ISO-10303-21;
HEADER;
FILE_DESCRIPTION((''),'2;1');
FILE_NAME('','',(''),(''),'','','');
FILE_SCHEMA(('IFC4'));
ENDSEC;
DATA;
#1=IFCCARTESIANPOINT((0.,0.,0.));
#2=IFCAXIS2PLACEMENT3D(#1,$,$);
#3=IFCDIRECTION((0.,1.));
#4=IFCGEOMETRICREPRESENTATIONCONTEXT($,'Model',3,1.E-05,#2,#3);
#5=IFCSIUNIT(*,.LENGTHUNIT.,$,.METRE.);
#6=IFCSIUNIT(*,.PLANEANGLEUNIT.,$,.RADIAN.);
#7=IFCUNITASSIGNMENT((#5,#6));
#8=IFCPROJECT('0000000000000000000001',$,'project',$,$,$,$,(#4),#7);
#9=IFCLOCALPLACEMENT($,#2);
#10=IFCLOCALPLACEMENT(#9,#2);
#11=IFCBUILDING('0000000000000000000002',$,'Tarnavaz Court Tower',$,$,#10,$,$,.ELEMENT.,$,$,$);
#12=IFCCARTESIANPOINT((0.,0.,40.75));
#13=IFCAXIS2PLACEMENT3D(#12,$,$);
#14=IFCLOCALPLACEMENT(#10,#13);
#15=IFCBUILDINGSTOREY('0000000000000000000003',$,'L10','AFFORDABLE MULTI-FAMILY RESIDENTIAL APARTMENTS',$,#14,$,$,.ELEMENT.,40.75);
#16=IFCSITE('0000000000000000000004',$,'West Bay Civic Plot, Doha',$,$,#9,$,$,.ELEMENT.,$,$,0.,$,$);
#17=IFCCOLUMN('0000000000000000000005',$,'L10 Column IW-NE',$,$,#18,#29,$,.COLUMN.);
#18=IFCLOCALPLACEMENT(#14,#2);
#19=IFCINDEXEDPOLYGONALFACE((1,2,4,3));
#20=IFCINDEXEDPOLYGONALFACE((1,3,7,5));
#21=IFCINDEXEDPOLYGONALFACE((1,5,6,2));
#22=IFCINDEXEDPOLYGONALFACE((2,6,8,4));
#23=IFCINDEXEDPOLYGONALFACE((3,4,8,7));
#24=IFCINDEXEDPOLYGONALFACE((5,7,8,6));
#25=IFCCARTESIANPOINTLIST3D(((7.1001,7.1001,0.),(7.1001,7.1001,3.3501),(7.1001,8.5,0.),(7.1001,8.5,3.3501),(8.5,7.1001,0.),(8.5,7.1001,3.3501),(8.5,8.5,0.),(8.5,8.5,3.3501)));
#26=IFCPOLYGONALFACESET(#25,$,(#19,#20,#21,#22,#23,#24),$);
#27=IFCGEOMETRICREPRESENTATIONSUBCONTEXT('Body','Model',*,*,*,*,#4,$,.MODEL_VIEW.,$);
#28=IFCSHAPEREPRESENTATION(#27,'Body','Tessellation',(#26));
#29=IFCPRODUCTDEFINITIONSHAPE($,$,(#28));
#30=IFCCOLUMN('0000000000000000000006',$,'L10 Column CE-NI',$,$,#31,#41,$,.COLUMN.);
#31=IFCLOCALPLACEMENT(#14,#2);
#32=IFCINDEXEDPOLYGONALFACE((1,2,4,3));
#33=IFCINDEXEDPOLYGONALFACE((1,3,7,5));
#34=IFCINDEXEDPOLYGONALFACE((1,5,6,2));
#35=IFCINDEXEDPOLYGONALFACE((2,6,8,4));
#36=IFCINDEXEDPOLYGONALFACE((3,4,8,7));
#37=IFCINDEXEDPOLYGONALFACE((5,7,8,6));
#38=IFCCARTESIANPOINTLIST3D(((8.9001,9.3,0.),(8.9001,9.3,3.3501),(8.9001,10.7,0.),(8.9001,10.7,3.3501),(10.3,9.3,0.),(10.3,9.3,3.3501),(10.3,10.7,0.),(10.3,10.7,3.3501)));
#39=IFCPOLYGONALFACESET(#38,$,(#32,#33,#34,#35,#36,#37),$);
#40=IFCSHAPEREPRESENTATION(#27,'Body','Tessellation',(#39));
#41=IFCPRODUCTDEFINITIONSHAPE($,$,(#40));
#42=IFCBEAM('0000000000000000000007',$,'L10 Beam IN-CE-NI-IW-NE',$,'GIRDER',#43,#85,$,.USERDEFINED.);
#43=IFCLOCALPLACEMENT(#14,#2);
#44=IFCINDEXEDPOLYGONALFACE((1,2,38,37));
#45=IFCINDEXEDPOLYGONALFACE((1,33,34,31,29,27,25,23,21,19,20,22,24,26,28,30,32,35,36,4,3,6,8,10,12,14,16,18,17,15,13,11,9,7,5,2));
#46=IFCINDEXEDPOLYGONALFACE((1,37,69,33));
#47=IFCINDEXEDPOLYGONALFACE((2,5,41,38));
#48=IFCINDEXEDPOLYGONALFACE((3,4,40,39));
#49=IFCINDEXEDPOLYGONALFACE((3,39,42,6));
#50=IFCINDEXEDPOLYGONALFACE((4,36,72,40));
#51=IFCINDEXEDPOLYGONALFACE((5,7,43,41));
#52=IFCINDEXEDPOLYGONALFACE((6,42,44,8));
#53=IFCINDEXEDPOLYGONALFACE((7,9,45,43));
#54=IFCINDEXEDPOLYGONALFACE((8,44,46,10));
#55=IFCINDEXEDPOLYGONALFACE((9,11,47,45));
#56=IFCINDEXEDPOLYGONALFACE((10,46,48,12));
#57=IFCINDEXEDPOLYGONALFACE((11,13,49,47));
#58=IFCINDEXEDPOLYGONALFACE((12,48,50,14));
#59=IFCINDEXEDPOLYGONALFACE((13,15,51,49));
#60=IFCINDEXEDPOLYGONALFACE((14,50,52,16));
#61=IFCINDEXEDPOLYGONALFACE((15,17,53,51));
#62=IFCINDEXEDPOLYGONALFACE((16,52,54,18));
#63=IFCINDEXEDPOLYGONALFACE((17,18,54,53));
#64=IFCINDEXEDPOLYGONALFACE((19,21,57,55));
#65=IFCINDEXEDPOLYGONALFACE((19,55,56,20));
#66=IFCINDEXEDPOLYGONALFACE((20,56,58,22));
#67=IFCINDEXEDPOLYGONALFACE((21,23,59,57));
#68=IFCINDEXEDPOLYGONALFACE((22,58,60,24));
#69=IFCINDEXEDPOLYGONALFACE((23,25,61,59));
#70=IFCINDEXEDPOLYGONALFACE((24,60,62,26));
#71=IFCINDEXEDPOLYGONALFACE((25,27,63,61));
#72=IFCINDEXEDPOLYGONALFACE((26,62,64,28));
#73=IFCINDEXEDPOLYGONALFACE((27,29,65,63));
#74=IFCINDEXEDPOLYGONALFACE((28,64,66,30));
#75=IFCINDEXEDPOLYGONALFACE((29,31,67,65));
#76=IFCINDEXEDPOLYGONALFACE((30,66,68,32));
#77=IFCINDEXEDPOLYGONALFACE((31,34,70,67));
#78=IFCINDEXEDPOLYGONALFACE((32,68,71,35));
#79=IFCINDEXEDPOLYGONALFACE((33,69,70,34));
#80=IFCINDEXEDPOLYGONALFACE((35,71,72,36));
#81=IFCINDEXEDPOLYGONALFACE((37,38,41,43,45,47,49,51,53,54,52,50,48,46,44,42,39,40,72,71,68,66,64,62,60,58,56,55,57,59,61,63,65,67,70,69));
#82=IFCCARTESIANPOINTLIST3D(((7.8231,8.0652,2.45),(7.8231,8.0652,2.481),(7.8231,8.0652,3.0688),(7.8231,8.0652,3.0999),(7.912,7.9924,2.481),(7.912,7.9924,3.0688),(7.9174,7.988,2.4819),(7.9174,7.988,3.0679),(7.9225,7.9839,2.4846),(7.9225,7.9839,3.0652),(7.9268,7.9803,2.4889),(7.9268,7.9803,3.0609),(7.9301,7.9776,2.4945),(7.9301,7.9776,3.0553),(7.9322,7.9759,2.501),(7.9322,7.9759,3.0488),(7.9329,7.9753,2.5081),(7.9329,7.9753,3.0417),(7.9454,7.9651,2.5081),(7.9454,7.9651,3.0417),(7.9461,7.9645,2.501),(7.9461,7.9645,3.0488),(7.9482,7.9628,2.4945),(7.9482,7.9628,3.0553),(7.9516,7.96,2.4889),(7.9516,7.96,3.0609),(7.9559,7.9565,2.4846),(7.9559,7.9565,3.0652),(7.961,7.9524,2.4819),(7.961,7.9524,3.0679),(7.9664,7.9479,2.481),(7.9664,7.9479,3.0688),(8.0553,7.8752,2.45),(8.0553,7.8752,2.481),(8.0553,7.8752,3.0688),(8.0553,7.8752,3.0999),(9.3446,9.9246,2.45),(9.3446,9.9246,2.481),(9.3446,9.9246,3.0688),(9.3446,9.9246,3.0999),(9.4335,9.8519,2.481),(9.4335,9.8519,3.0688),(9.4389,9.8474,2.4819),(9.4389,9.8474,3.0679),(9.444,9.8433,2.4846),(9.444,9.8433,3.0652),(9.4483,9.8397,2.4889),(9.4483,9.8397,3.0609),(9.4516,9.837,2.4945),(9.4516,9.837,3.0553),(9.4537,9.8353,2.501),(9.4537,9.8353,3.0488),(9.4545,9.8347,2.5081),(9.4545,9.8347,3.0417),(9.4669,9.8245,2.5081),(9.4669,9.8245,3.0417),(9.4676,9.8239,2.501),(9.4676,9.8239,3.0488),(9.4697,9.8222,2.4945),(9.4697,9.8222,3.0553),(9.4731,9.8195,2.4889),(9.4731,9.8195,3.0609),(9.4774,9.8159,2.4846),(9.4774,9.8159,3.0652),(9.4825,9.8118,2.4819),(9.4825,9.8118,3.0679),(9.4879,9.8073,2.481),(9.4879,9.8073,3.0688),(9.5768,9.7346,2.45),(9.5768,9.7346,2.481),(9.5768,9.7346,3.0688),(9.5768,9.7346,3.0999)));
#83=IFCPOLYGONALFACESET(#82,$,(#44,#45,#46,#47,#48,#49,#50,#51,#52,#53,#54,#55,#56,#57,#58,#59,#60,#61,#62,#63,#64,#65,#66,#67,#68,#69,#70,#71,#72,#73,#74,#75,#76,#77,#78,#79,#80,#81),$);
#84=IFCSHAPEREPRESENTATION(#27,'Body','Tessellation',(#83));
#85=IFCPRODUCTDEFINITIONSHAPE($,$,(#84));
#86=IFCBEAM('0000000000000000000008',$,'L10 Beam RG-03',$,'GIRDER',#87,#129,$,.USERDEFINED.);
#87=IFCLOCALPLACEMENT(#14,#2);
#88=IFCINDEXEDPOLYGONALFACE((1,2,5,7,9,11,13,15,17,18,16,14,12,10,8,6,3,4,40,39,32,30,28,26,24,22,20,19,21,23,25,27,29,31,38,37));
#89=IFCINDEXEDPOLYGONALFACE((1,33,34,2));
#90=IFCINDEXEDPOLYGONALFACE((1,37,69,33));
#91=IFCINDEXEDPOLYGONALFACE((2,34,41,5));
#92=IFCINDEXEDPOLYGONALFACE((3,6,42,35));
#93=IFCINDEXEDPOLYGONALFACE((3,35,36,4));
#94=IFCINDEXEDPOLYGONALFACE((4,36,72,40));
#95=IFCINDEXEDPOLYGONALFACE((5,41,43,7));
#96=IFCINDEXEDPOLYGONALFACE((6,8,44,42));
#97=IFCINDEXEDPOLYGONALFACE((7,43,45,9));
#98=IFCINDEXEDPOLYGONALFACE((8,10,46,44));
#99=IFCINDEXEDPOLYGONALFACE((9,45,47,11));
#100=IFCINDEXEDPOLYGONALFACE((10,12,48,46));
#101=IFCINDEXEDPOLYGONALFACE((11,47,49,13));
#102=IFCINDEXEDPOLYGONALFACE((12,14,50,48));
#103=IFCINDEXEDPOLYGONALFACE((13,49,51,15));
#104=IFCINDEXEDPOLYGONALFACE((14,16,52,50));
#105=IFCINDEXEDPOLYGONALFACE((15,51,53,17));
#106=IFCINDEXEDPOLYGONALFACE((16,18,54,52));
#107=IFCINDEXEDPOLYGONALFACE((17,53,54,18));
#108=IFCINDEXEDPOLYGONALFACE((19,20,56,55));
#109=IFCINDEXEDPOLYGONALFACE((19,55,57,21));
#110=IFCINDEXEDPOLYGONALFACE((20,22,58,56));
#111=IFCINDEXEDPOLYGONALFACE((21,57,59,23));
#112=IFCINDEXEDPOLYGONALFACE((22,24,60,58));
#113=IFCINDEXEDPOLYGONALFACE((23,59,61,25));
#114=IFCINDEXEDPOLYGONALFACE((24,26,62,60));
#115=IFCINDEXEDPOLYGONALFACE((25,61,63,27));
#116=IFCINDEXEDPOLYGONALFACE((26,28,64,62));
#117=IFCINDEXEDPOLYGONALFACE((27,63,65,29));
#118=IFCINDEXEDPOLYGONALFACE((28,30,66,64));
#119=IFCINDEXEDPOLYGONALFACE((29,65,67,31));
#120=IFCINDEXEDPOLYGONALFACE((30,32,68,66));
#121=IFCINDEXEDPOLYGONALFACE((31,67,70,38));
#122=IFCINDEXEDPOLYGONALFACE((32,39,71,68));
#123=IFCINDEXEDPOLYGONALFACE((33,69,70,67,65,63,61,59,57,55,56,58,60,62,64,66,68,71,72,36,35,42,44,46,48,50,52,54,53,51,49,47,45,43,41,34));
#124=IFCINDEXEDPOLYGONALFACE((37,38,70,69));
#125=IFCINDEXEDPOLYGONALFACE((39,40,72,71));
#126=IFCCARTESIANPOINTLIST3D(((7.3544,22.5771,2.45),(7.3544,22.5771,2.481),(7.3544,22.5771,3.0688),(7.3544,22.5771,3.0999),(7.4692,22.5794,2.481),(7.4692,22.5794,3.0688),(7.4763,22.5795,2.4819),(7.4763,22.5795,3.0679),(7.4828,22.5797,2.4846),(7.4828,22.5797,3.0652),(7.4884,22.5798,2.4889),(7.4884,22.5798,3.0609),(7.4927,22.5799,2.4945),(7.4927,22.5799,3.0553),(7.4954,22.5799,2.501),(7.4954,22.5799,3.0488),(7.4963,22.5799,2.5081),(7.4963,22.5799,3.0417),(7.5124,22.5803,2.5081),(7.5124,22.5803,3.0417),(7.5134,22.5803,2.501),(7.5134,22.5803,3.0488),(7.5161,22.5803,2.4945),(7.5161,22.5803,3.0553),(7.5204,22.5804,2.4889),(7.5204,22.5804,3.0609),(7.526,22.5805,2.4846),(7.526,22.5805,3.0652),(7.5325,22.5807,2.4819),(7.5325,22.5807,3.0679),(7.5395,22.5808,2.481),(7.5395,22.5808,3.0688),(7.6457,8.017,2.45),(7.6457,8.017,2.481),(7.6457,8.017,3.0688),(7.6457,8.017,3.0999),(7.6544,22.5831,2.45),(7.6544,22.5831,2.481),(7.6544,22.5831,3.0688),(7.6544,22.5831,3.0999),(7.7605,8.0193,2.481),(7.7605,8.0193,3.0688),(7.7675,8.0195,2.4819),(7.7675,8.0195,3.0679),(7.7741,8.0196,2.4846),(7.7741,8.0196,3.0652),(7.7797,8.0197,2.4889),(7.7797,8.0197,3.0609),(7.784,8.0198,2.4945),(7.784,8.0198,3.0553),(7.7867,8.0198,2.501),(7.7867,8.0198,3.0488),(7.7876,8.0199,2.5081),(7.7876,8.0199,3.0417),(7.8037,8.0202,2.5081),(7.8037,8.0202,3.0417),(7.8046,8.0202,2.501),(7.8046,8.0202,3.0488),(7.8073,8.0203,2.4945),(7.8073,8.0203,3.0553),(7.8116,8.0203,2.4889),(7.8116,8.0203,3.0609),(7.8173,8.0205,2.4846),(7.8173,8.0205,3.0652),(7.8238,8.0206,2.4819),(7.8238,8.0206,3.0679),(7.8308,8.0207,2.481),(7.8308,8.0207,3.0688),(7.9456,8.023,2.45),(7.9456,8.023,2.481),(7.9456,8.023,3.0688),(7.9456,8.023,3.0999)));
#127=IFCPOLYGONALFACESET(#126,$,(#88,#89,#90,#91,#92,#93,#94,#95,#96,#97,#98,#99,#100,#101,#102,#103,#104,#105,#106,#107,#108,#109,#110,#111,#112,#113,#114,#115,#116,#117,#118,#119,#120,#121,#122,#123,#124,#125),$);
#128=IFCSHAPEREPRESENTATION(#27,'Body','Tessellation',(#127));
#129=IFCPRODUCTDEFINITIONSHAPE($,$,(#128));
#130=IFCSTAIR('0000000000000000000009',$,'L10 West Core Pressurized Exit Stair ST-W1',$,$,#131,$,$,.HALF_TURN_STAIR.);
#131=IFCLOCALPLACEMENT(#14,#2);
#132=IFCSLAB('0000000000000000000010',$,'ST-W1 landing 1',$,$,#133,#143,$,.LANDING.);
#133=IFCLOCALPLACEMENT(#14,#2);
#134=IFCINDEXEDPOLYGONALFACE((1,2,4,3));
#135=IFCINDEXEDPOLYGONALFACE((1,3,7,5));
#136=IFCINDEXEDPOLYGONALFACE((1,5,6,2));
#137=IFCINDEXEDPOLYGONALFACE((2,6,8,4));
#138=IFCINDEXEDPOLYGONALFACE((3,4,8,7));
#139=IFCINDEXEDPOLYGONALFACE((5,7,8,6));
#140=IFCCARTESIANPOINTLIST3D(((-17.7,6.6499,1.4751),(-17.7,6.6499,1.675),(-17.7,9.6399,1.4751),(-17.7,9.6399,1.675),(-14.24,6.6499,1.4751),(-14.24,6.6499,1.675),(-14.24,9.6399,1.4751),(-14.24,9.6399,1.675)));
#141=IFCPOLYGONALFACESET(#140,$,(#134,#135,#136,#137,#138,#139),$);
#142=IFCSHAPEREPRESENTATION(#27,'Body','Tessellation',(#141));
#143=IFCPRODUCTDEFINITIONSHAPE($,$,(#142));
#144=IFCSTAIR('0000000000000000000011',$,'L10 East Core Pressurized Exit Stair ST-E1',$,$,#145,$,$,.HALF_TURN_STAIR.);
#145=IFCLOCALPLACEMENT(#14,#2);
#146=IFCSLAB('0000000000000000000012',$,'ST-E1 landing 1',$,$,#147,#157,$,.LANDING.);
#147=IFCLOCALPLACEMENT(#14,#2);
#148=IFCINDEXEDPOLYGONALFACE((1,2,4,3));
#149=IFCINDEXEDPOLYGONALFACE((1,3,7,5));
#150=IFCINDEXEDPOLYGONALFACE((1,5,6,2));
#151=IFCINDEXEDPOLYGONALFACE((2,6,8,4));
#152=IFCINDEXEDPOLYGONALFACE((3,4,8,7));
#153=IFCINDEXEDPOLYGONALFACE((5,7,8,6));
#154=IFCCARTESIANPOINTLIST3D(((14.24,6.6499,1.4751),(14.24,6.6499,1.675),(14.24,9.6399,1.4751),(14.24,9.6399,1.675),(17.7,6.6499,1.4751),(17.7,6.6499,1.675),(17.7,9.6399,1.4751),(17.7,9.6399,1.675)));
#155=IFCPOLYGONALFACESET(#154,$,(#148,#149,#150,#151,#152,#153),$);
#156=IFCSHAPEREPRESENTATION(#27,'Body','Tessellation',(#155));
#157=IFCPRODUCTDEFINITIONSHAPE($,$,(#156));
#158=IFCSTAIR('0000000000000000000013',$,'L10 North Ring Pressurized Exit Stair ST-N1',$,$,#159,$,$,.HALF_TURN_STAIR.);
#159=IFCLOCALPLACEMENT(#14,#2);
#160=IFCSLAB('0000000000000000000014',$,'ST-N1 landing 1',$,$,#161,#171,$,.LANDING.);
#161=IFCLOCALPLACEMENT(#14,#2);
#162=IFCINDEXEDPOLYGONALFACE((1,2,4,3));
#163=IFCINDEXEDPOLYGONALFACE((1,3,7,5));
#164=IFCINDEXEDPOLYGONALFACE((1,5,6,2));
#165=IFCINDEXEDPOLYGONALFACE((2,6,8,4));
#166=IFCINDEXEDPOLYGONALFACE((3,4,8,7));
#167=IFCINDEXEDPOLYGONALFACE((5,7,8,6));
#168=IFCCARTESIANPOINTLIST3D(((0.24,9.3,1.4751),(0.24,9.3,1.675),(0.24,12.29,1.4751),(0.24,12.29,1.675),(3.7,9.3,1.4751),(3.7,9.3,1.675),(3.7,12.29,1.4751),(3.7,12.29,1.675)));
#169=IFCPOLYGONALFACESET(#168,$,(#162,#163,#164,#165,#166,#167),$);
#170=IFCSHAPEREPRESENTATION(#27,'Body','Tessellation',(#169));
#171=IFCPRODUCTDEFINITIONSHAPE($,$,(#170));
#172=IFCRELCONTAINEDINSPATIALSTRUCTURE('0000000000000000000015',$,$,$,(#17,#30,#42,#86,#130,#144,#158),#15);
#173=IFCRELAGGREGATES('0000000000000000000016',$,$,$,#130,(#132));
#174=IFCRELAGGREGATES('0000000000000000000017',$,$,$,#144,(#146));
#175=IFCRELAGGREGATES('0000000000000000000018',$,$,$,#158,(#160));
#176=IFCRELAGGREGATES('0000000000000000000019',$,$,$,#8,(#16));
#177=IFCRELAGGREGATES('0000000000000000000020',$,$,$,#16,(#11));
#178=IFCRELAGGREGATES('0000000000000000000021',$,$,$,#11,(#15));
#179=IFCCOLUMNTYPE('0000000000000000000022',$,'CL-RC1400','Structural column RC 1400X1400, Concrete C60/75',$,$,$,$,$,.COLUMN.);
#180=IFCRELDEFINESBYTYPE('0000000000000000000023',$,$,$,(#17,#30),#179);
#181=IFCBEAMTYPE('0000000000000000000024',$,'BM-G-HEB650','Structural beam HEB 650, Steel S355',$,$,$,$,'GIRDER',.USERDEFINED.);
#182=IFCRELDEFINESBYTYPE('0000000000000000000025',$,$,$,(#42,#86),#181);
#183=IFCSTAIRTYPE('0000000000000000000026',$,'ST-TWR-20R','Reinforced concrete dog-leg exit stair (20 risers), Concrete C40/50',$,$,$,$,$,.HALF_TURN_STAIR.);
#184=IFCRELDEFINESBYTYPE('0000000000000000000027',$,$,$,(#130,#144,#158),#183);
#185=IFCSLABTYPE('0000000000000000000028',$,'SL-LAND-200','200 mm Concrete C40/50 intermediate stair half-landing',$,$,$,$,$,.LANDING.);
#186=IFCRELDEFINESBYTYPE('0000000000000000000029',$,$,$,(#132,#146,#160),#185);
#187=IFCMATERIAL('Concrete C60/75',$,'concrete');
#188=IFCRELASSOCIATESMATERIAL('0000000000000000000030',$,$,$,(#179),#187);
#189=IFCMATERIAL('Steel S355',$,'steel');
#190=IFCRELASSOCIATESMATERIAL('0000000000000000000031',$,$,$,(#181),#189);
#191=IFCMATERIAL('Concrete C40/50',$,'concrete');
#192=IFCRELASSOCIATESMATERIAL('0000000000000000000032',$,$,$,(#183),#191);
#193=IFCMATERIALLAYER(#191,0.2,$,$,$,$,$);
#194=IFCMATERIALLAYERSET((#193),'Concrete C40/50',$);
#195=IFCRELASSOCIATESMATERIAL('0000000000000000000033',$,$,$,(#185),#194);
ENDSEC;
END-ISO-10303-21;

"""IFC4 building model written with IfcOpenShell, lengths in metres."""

from ifc_helpers import new_model, si_unit, direction, frame, origin, origin_2d, place, context, subcontext, project, spatial, polyline, rectangle, i_section, outline, extrude, material, layer, layer_set, material_profile, profile_set, type_object, element, aggregate, save


model = new_model("IFC4")

# Units and contexts
model_context = context("Model", 3, precision=1e-05, world=origin(), true_north=direction((0.0, 1.0)))
body_context = subcontext(model_context, "Body", "Model", "MODEL_VIEW")
ifc_project = project(units=[si_unit("LENGTHUNIT", "METRE"), si_unit("PLANEANGLEUNIT", "RADIAN")], contexts=[model_context])

# Site, building, storey
site_placement = place(None, origin())
site = spatial("IfcSite", under=ifc_project, at=site_placement, Name="West Bay Civic Plot, Doha", CompositionType="ELEMENT", RefElevation=0.0)
building_placement = place(site_placement, origin())
building = spatial("IfcBuilding", under=site, at=building_placement, Name="Tarnavaz Court Tower", CompositionType="ELEMENT")
storey_placement = place(building_placement, frame((0.0, 0.0, 40.75)))
storey = spatial("IfcBuildingStorey", under=building, at=storey_placement, Name="L10", Description="AFFORDABLE MULTI-FAMILY RESIDENTIAL APARTMENTS", CompositionType="ELEMENT", Elevation=40.75)

# Columns
ifc_material_1 = material(Name="Concrete C60/75", Category="concrete")
ifc_material_profile_1 = material_profile(ifc_material_1, rectangle(XDim=1.3999, YDim=1.3999, at=origin_2d()), Name="RC 1400X1400")
ifc_profile_set_1 = profile_set([ifc_material_profile_1], Name="Concrete C60/75")
column_type = type_object("IfcColumnType", Name="CL-RC1400", Description="Structural column RC 1400X1400, Concrete C60/75", PredefinedType="COLUMN", material=ifc_profile_set_1)
for number, where, z_axis, x_axis, name in (
    (1, (7.8, 7.8, 0.0), (0.0, 0.0, 1.0), (1.0, 0.0, 0.0), "L10 Column IW-NE"),
    (2, (9.6001, 10.0, 0.0), (0.0, 0.0, 1.0), (1.0, 0.0, 0.0), "L10 Column CE-NI"),
):
    element("IfcColumn", number, at=place(storey_placement, frame(where, z_axis=z_axis, x_axis=x_axis)), inside=storey, type_object=column_type, Name=name, PredefinedType="COLUMN", context=body_context, shape_type="SweptSolid", body=[
        extrude(rectangle(XDim=1.3999, YDim=1.3999, at=origin_2d()), origin(), (0.0, 0.0, 1.0), 3.3501),
    ])

# Beams
ifc_material_2 = material(Name="Steel S355", Category="steel")
ifc_material_profile_2 = material_profile(ifc_material_2, i_section(OverallWidth=0.3, OverallDepth=0.6499, WebThickness=0.0161, FlangeThickness=0.031, FilletRadius=0.0271, at=origin_2d()), Name="HEB 650")
ifc_profile_set_2 = profile_set([ifc_material_profile_2], Name="Steel S355")
beam_type = type_object("IfcBeamType", Name="BM-G-HEB650", Description="Structural beam HEB 650, Steel S355", ElementType="GIRDER", PredefinedType="USERDEFINED", material=ifc_profile_set_2)
beam_1_placement = place(storey_placement, frame((9.4607, 9.8296, 2.7749), z_axis=(-0.633282, -0.773921, 0.0), x_axis=(0.773921, -0.633282, 0.0)))
element("IfcBeam", 3, at=beam_1_placement, inside=storey, type_object=beam_type, Name="L10 Beam IN-CE-NI-IW-NE", ObjectType="GIRDER", PredefinedType="USERDEFINED", context=body_context, shape_type="SweptSolid", body=[
    extrude(i_section(OverallWidth=0.3, OverallDepth=0.6499, WebThickness=0.0161, FlangeThickness=0.031, FilletRadius=0.0271, at=origin_2d()), origin(), (0.0, 0.0, 1.0), 2.4026),
])
beam_2_placement = place(storey_placement, frame((7.7957, 8.02, 2.7749), z_axis=(-0.02, 0.9998, 0.0), x_axis=(-0.9998, -0.02, 0.0)))
element("IfcBeam", 4, at=beam_2_placement, inside=storey, type_object=beam_type, Name="L10 Beam RG-03", ObjectType="GIRDER", PredefinedType="USERDEFINED", context=body_context, shape_type="SweptSolid", body=[
    extrude(i_section(OverallWidth=0.3, OverallDepth=0.6499, WebThickness=0.0161, FlangeThickness=0.031, FilletRadius=0.0271, at=origin_2d()), origin(), (0.0, 0.0, 1.0), 14.563),
])

# Stairs, slabs
ifc_material_3 = material(Name="Concrete C40/50", Category="concrete")
stair_type = type_object("IfcStairType", Name="ST-TWR-20R", Description="Reinforced concrete dog-leg exit stair (20 risers), Concrete C40/50", PredefinedType="HALF_TURN_STAIR", material=ifc_material_3)
stair_1_placement = place(storey_placement, origin())
stair_1 = element("IfcStair", 5, at=stair_1_placement, inside=storey, type_object=stair_type, Name="L10 West Core Pressurized Exit Stair ST-W1", PredefinedType="HALF_TURN_STAIR")
ifc_layer_1 = layer(ifc_material_3, 0.2)
ifc_layer_set_1 = layer_set([ifc_layer_1], Name="Concrete C40/50")
slab_type_1 = type_object("IfcSlabType", Name="SL-LAND-200", Description="200 mm Concrete C40/50 intermediate stair half-landing", PredefinedType="LANDING", material=ifc_layer_set_1)
slab_1_placement = place(storey_placement, frame((0.0, 0.0, 1.4751)))
slab_1 = element("IfcSlab", 6, at=slab_1_placement, type_object=slab_type_1, Name="ST-W1 landing 1", PredefinedType="LANDING", context=body_context, shape_type="SweptSolid", body=[
    extrude(outline(polyline([(-14.24, 9.6399), (-17.7, 9.6399), (-17.7, 6.6499), (-14.24, 6.6499), (-14.24, 9.6399)])), origin(), (0.0, 0.0, 1.0), 0.2),
])
aggregate(stair_1, [slab_1])
stair_2_placement = place(storey_placement, origin())
stair_2 = element("IfcStair", 7, at=stair_2_placement, inside=storey, type_object=stair_type, Name="L10 East Core Pressurized Exit Stair ST-E1", PredefinedType="HALF_TURN_STAIR")
slab_2_placement = place(storey_placement, frame((0.0, 0.0, 1.4751)))
slab_2 = element("IfcSlab", 8, at=slab_2_placement, type_object=slab_type_1, Name="ST-E1 landing 1", PredefinedType="LANDING", context=body_context, shape_type="SweptSolid", body=[
    extrude(outline(polyline([(14.24, 6.6499), (17.7, 6.6499), (17.7, 9.6399), (14.24, 9.6399), (14.24, 6.6499)])), origin(), (0.0, 0.0, 1.0), 0.2),
])
aggregate(stair_2, [slab_2])
stair_3_placement = place(storey_placement, origin())
stair_3 = element("IfcStair", 9, at=stair_3_placement, inside=storey, type_object=stair_type, Name="L10 North Ring Pressurized Exit Stair ST-N1", PredefinedType="HALF_TURN_STAIR")
slab_3_placement = place(storey_placement, frame((0.0, 0.0, 1.4751)))
slab_3 = element("IfcSlab", 10, at=slab_3_placement, type_object=slab_type_1, Name="ST-N1 landing 1", PredefinedType="LANDING", context=body_context, shape_type="SweptSolid", body=[
    extrude(outline(polyline([(0.24, 9.3), (3.7, 9.3), (3.7, 12.29), (0.24, 12.29), (0.24, 9.3)])), origin(), (0.0, 0.0, 1.0), 0.2),
])

aggregate(stair_3, [slab_3])

save(model, "model.ifc")
